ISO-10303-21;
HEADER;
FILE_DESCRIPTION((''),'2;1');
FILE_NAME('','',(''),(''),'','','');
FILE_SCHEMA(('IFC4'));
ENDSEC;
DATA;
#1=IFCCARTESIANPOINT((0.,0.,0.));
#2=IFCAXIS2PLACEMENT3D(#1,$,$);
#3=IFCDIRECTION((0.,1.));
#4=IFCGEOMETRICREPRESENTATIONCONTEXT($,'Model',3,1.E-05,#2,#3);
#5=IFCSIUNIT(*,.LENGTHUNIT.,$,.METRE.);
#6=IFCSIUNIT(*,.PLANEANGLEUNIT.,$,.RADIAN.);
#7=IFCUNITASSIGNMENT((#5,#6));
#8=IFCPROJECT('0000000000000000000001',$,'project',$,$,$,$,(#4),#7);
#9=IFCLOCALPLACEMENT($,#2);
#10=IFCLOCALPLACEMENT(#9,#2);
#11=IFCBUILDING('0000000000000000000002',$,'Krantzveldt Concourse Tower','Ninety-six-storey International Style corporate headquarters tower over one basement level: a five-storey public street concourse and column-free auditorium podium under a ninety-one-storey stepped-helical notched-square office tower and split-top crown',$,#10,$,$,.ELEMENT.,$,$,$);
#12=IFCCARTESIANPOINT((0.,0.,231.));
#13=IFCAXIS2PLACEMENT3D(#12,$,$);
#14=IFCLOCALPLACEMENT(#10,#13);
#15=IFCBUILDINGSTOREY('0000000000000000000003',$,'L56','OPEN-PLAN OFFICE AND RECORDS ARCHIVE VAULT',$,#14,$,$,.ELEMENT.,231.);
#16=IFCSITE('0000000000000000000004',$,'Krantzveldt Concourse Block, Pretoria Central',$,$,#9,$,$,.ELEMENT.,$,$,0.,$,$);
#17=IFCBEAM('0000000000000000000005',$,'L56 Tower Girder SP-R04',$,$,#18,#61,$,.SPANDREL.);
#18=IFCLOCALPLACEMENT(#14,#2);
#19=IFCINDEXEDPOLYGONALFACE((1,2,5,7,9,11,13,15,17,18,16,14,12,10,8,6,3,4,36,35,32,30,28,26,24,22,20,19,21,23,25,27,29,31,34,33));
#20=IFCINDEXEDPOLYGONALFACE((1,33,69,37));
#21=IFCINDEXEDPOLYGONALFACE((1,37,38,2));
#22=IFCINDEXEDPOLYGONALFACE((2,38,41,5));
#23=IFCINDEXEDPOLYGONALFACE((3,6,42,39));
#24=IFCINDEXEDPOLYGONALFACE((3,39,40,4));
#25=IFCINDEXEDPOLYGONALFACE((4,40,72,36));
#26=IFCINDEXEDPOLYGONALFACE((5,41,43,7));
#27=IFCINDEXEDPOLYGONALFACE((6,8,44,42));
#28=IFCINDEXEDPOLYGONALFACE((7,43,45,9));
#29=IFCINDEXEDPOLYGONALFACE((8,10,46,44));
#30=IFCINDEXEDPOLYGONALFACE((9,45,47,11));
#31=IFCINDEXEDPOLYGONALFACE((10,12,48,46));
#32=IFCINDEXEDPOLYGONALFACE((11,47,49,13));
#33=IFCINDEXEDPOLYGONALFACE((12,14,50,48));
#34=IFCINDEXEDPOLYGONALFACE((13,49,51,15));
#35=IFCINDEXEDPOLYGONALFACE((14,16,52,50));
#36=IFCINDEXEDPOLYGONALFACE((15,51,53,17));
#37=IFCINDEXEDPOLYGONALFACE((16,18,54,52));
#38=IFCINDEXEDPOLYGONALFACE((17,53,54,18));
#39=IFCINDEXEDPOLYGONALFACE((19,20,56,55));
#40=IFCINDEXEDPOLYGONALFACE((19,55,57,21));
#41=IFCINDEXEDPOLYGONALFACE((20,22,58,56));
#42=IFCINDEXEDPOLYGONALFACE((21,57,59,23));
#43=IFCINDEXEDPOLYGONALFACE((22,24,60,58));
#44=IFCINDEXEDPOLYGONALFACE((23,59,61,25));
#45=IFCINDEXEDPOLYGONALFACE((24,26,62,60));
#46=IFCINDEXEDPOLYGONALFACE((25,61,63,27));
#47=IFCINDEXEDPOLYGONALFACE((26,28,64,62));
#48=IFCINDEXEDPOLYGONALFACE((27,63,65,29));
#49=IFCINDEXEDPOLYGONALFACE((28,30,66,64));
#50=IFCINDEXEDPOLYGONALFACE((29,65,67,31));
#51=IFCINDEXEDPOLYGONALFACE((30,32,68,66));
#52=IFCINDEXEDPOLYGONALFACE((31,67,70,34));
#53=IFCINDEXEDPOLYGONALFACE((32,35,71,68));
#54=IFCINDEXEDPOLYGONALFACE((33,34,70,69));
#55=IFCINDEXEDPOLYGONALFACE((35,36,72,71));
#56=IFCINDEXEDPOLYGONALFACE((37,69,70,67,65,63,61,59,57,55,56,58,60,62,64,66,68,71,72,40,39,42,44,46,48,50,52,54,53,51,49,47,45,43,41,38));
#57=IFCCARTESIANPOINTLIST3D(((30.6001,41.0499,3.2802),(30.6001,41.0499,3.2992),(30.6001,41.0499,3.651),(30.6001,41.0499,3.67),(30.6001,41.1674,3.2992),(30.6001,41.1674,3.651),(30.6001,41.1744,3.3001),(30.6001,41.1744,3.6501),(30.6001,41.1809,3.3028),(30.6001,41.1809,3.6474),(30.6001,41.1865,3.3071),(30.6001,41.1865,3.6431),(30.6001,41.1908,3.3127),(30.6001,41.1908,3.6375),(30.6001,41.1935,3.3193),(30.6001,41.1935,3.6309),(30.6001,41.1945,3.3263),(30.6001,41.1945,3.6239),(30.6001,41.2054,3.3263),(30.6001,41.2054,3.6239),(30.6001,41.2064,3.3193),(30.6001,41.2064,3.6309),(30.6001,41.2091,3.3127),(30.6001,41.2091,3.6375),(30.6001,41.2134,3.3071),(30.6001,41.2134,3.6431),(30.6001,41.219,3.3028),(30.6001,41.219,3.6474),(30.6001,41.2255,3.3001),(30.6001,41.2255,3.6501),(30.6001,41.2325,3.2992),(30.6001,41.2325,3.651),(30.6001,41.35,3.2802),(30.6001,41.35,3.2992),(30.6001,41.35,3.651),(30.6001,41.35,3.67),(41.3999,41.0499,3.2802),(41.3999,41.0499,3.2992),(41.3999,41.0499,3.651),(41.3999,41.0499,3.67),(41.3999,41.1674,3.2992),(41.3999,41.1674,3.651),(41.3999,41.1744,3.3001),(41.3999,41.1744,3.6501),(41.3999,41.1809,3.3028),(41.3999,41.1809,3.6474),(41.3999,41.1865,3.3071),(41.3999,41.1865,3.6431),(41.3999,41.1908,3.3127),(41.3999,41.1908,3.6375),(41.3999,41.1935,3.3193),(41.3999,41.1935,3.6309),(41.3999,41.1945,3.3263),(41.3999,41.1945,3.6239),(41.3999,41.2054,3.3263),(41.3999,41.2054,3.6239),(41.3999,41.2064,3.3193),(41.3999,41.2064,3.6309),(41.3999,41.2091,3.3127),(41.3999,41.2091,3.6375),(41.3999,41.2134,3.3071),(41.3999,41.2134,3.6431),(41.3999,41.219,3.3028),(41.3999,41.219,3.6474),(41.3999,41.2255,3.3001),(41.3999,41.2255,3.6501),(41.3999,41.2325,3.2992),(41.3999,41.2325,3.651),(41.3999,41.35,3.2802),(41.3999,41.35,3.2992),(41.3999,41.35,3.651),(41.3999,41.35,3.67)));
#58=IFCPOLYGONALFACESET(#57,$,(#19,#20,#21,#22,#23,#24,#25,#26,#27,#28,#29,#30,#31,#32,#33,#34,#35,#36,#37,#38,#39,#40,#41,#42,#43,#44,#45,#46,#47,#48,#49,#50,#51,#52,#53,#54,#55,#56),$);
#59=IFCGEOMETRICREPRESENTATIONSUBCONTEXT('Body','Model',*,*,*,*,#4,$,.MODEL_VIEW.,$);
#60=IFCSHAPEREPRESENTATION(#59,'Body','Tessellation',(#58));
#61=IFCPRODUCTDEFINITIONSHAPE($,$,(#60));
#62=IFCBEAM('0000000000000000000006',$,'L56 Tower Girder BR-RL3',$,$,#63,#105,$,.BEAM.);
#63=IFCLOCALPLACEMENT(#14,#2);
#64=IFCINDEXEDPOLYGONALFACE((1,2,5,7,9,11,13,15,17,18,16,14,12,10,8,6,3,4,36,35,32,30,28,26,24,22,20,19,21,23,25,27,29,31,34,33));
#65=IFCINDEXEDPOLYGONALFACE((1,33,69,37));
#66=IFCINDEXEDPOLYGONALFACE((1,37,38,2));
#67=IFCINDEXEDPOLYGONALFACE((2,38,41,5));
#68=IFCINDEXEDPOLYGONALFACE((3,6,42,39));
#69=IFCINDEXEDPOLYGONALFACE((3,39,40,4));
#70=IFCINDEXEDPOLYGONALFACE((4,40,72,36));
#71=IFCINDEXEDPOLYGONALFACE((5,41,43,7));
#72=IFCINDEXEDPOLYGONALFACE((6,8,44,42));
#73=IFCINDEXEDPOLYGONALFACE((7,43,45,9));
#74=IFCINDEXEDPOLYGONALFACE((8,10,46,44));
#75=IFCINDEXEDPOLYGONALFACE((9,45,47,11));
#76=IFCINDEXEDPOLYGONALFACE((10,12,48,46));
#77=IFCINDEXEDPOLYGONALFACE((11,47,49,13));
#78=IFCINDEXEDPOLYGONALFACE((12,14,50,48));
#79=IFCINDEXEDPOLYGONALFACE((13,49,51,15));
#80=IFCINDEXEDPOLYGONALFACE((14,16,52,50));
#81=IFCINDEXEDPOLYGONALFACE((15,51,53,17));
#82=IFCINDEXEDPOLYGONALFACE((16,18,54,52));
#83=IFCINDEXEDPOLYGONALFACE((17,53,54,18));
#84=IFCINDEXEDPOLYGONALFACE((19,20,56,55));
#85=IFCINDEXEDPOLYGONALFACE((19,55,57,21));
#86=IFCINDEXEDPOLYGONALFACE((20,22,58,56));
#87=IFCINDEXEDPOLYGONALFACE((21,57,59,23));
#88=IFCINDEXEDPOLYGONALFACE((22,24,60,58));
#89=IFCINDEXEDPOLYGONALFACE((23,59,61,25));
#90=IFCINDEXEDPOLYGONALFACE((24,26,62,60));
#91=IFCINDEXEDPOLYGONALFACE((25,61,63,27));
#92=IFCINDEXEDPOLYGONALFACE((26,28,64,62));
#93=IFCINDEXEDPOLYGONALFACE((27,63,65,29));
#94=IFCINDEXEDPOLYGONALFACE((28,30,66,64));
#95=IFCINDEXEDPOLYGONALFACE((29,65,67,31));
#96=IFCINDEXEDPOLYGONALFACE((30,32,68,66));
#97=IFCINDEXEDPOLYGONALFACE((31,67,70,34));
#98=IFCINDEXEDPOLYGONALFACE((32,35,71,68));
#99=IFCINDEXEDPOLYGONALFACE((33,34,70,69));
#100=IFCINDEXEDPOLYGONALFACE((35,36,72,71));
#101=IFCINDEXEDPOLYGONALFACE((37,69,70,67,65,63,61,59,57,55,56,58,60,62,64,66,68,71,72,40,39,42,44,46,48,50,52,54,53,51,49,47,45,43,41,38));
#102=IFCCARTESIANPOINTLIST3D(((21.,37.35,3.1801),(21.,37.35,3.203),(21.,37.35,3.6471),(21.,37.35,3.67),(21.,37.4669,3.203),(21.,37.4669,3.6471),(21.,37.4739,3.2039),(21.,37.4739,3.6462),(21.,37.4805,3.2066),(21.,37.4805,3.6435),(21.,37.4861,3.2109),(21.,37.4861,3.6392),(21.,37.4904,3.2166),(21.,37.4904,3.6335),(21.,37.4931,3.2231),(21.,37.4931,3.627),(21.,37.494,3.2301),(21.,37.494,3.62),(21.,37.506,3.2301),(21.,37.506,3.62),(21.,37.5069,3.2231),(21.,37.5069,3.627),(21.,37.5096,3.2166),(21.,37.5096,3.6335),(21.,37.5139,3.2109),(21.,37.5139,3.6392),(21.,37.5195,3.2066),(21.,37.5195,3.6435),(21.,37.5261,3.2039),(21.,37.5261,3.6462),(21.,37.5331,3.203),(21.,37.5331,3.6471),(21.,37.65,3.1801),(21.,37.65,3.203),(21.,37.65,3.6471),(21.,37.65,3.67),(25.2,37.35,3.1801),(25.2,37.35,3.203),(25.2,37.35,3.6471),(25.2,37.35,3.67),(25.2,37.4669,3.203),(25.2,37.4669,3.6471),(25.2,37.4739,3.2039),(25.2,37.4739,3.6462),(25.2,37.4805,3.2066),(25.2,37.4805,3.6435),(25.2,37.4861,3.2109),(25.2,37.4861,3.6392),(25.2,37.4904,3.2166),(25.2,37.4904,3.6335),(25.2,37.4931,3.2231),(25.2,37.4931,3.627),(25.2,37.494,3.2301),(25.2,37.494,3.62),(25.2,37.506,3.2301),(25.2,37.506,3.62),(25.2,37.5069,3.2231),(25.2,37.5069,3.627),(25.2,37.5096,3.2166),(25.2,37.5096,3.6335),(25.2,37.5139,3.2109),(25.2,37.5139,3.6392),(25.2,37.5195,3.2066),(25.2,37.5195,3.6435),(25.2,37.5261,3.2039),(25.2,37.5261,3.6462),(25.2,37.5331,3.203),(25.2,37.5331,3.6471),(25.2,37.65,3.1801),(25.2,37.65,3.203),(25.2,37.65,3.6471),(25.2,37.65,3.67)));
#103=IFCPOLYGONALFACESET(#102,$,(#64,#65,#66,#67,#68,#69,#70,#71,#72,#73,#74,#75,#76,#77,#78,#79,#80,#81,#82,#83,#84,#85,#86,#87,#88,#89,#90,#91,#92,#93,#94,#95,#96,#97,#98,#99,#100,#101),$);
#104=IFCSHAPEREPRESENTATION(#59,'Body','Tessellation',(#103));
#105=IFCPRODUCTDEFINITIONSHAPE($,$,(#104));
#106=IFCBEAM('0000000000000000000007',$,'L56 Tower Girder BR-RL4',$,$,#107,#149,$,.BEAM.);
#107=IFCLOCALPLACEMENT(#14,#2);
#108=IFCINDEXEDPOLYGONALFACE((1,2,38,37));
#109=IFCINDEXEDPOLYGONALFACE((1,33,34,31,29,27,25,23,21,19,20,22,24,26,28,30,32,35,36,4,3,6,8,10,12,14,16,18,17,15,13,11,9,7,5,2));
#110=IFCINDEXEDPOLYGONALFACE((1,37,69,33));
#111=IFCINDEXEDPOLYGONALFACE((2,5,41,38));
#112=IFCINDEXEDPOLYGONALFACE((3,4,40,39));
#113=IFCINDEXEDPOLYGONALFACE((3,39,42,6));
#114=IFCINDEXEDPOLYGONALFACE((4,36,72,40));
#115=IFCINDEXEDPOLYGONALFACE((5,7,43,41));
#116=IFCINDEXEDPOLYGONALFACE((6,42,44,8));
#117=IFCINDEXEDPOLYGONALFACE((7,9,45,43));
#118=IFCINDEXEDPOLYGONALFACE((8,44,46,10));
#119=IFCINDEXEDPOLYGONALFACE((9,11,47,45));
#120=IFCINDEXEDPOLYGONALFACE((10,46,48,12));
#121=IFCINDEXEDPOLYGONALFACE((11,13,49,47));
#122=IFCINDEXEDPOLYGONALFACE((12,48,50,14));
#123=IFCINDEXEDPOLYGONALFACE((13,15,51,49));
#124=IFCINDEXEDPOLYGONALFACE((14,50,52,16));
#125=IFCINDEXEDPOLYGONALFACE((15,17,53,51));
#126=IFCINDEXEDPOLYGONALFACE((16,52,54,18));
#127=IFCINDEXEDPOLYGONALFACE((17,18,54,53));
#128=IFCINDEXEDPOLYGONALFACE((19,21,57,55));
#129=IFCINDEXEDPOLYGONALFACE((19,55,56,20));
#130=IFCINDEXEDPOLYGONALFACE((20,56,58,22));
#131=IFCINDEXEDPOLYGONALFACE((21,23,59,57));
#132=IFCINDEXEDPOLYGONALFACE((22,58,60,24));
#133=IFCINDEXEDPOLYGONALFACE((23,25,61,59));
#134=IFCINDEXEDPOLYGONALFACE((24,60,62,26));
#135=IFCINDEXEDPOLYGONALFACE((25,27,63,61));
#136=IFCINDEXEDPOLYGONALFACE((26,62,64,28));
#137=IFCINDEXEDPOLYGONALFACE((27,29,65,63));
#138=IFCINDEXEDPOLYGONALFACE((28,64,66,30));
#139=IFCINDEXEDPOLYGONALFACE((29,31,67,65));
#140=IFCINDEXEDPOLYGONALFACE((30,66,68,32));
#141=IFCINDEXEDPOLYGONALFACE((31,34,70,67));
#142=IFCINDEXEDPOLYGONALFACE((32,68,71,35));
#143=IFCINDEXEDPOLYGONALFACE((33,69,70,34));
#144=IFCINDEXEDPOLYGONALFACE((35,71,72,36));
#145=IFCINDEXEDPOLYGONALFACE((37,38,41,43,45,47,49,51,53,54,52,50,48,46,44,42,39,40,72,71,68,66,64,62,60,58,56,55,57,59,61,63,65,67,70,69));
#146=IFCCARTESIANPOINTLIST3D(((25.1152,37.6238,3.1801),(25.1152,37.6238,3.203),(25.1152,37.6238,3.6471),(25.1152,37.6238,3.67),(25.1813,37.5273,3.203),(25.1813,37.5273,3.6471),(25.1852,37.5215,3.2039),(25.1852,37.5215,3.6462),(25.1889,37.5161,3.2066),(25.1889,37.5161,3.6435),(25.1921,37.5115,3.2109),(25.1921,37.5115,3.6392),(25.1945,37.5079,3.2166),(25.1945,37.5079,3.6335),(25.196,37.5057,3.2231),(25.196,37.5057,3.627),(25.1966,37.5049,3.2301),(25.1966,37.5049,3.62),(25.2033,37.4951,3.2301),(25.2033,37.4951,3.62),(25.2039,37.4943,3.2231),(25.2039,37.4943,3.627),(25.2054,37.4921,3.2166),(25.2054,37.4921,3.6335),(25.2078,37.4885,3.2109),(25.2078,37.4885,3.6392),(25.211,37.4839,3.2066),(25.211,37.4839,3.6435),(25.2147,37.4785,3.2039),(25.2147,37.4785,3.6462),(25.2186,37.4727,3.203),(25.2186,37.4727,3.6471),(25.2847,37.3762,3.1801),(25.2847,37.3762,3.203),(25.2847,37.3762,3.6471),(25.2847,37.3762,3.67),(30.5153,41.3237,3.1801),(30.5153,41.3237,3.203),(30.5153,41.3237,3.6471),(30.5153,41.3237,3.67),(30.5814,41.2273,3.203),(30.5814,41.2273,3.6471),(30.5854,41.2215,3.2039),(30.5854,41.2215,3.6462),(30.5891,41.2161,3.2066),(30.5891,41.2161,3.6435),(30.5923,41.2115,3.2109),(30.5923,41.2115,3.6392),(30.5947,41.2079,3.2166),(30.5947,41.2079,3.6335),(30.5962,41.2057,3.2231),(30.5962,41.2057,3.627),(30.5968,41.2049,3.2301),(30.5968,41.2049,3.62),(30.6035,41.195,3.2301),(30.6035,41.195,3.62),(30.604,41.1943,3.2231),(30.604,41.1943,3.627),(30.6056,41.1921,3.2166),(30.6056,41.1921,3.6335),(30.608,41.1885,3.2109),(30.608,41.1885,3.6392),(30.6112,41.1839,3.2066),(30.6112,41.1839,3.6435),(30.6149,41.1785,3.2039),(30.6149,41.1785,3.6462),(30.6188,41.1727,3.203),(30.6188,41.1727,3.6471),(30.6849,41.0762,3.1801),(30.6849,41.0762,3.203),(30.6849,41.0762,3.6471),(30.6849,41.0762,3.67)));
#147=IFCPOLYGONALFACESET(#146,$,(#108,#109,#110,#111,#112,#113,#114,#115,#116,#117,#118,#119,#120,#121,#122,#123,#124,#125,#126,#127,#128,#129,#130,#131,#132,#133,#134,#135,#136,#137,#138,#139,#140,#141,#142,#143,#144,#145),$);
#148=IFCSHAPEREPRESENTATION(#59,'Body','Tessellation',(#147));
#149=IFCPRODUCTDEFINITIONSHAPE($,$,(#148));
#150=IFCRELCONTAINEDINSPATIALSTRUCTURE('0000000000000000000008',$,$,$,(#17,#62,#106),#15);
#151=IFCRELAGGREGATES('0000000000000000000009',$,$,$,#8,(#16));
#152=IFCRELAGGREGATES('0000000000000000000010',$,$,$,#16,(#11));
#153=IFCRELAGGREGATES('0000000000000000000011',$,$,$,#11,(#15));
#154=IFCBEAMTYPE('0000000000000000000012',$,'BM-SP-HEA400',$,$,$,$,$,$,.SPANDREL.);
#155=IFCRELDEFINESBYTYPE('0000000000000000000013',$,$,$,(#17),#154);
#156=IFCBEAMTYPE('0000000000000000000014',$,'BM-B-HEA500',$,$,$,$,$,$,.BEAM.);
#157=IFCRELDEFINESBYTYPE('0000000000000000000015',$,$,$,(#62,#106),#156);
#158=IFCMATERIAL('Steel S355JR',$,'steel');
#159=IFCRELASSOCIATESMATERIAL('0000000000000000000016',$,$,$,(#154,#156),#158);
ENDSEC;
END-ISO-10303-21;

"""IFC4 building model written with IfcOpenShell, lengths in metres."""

from ifc_helpers import new_model, si_unit, direction, frame, origin, origin_2d, place, context, subcontext, project, spatial, i_section, extrude, source, transform, mapped, material, material_profile, profile_set, type_object, type_shapes, element, save


model = new_model("IFC4")

# Units and contexts
model_context = context("Model", 3, precision=1e-05, world=origin(), true_north=direction((0.0, 1.0)))
body_context = subcontext(model_context, "Body", "Model", "MODEL_VIEW")
ifc_project = project(units=[si_unit("LENGTHUNIT", "METRE"), si_unit("PLANEANGLEUNIT", "RADIAN")], contexts=[model_context])

# Site, building, storey
site_placement = place(None, origin())
site = spatial("IfcSite", under=ifc_project, at=site_placement, Name="Krantzveldt Concourse Block, Pretoria Central", CompositionType="ELEMENT", RefElevation=0.0)
building_placement = place(site_placement, origin())
building = spatial("IfcBuilding", under=site, at=building_placement, Name="Krantzveldt Concourse Tower", Description="Ninety-six-storey International Style corporate headquarters tower over one basement level: a five-storey public street concourse and column-free auditorium podium under a ninety-one-storey stepped-helical notched-square office tower and split-top crown", CompositionType="ELEMENT")
storey_placement = place(building_placement, frame((0.0, 0.0, 231.0)))
storey = spatial("IfcBuildingStorey", under=building, at=storey_placement, Name="L56", Description="OPEN-PLAN OFFICE AND RECORDS ARCHIVE VAULT", CompositionType="ELEMENT", Elevation=231.0)

# Beams
ifc_material_1 = material(Name="Steel S355JR", Category="steel")
ifc_material_profile_1 = material_profile(ifc_material_1, i_section(OverallWidth=0.3, OverallDepth=0.3899, WebThickness=0.011, FlangeThickness=0.019, FilletRadius=0.0271, at=origin_2d()), Name="Steel S355JR", Category="steel")
ifc_profile_set_1 = profile_set([ifc_material_profile_1], Name="Steel S355JR - HEA 400")
beam_type_1 = type_object("IfcBeamType", Name="BM-SP-HEA400", PredefinedType="SPANDREL", material=ifc_profile_set_1)
shared_shape_1 = source(origin(), body_context, "Body", "SweptSolid", [
    extrude(i_section(OverallWidth=0.3, OverallDepth=0.3899, WebThickness=0.011, FlangeThickness=0.019, FilletRadius=0.0271, at=origin_2d()), origin(), (0.0, 0.0, 1.0), 10.7998),
])
beam_1_placement = place(storey_placement, frame((30.6001, 41.2, 3.4751), z_axis=(1.0, 0.0, 0.0), x_axis=(0.0, 1.0, 0.0)))
element("IfcBeam", 1, at=beam_1_placement, inside=storey, type_object=beam_type_1, Name="L56 Tower Girder SP-R04", PredefinedType="SPANDREL", context=body_context, shape_type="MappedRepresentation", body=[
    mapped(shared_shape_1, transform((0.0, 0.0, 0.0), x_axis=(1.0, 0.0, 0.0), y_axis=(0.0, 1.0, 0.0), z_axis=(0.0, 0.0, 1.0), scale=1.0)),
])
ifc_material_profile_2 = material_profile(ifc_material_1, i_section(OverallWidth=0.3, OverallDepth=0.49, WebThickness=0.012, FlangeThickness=0.0229, FilletRadius=0.0271, at=origin_2d()), Name="Steel S355JR", Category="steel")
ifc_profile_set_2 = profile_set([ifc_material_profile_2], Name="Steel S355JR - HEA 500")
beam_type_2 = type_object("IfcBeamType", Name="BM-B-HEA500", PredefinedType="BEAM", material=ifc_profile_set_2)
shared_shape_2 = source(origin(), body_context, "Body", "SweptSolid", [
    extrude(i_section(OverallWidth=0.3, OverallDepth=0.49, WebThickness=0.012, FlangeThickness=0.0229, FilletRadius=0.0271, at=origin_2d()), origin(), (0.0, 0.0, 1.0), 4.2),
])
beam_2_placement = place(storey_placement, frame((21.0, 37.5, 3.425), z_axis=(1.0, 0.0, 0.0), x_axis=(0.0, 1.0, 0.0)))
element("IfcBeam", 2, at=beam_2_placement, inside=storey, type_object=beam_type_2, Name="L56 Tower Girder BR-RL3", PredefinedType="BEAM", context=body_context, shape_type="MappedRepresentation", body=[
    mapped(shared_shape_2, transform((0.0, 0.0, 0.0), x_axis=(1.0, 0.0, 0.0), y_axis=(0.0, 1.0, 0.0), z_axis=(0.0, 0.0, 1.0), scale=1.0)),
])
shared_shape_3 = source(origin(), body_context, "Body", "SweptSolid", [
    extrude(i_section(OverallWidth=0.3, OverallDepth=0.49, WebThickness=0.012, FlangeThickness=0.0229, FilletRadius=0.0271, at=origin_2d()), origin(), (0.0, 0.0, 1.0), 6.5461),
])
type_shapes(beam_type_2, [shared_shape_2, shared_shape_3])
beam_3_placement = place(storey_placement, frame((25.2, 37.5, 3.425), z_axis=(0.824943, 0.565216, 0.0), x_axis=(-0.565216, 0.824943, 0.0)))
element("IfcBeam", 3, at=beam_3_placement, inside=storey, type_object=beam_type_2, Name="L56 Tower Girder BR-RL4", PredefinedType="BEAM", context=body_context, shape_type="MappedRepresentation", body=[
    mapped(shared_shape_3, transform((0.0, 0.0, 0.0), x_axis=(1.0, 0.0, 0.0), y_axis=(0.0, 1.0, 0.0), z_axis=(0.0, 0.0, 1.0), scale=1.0)),
])

save(model, "model.ifc")
